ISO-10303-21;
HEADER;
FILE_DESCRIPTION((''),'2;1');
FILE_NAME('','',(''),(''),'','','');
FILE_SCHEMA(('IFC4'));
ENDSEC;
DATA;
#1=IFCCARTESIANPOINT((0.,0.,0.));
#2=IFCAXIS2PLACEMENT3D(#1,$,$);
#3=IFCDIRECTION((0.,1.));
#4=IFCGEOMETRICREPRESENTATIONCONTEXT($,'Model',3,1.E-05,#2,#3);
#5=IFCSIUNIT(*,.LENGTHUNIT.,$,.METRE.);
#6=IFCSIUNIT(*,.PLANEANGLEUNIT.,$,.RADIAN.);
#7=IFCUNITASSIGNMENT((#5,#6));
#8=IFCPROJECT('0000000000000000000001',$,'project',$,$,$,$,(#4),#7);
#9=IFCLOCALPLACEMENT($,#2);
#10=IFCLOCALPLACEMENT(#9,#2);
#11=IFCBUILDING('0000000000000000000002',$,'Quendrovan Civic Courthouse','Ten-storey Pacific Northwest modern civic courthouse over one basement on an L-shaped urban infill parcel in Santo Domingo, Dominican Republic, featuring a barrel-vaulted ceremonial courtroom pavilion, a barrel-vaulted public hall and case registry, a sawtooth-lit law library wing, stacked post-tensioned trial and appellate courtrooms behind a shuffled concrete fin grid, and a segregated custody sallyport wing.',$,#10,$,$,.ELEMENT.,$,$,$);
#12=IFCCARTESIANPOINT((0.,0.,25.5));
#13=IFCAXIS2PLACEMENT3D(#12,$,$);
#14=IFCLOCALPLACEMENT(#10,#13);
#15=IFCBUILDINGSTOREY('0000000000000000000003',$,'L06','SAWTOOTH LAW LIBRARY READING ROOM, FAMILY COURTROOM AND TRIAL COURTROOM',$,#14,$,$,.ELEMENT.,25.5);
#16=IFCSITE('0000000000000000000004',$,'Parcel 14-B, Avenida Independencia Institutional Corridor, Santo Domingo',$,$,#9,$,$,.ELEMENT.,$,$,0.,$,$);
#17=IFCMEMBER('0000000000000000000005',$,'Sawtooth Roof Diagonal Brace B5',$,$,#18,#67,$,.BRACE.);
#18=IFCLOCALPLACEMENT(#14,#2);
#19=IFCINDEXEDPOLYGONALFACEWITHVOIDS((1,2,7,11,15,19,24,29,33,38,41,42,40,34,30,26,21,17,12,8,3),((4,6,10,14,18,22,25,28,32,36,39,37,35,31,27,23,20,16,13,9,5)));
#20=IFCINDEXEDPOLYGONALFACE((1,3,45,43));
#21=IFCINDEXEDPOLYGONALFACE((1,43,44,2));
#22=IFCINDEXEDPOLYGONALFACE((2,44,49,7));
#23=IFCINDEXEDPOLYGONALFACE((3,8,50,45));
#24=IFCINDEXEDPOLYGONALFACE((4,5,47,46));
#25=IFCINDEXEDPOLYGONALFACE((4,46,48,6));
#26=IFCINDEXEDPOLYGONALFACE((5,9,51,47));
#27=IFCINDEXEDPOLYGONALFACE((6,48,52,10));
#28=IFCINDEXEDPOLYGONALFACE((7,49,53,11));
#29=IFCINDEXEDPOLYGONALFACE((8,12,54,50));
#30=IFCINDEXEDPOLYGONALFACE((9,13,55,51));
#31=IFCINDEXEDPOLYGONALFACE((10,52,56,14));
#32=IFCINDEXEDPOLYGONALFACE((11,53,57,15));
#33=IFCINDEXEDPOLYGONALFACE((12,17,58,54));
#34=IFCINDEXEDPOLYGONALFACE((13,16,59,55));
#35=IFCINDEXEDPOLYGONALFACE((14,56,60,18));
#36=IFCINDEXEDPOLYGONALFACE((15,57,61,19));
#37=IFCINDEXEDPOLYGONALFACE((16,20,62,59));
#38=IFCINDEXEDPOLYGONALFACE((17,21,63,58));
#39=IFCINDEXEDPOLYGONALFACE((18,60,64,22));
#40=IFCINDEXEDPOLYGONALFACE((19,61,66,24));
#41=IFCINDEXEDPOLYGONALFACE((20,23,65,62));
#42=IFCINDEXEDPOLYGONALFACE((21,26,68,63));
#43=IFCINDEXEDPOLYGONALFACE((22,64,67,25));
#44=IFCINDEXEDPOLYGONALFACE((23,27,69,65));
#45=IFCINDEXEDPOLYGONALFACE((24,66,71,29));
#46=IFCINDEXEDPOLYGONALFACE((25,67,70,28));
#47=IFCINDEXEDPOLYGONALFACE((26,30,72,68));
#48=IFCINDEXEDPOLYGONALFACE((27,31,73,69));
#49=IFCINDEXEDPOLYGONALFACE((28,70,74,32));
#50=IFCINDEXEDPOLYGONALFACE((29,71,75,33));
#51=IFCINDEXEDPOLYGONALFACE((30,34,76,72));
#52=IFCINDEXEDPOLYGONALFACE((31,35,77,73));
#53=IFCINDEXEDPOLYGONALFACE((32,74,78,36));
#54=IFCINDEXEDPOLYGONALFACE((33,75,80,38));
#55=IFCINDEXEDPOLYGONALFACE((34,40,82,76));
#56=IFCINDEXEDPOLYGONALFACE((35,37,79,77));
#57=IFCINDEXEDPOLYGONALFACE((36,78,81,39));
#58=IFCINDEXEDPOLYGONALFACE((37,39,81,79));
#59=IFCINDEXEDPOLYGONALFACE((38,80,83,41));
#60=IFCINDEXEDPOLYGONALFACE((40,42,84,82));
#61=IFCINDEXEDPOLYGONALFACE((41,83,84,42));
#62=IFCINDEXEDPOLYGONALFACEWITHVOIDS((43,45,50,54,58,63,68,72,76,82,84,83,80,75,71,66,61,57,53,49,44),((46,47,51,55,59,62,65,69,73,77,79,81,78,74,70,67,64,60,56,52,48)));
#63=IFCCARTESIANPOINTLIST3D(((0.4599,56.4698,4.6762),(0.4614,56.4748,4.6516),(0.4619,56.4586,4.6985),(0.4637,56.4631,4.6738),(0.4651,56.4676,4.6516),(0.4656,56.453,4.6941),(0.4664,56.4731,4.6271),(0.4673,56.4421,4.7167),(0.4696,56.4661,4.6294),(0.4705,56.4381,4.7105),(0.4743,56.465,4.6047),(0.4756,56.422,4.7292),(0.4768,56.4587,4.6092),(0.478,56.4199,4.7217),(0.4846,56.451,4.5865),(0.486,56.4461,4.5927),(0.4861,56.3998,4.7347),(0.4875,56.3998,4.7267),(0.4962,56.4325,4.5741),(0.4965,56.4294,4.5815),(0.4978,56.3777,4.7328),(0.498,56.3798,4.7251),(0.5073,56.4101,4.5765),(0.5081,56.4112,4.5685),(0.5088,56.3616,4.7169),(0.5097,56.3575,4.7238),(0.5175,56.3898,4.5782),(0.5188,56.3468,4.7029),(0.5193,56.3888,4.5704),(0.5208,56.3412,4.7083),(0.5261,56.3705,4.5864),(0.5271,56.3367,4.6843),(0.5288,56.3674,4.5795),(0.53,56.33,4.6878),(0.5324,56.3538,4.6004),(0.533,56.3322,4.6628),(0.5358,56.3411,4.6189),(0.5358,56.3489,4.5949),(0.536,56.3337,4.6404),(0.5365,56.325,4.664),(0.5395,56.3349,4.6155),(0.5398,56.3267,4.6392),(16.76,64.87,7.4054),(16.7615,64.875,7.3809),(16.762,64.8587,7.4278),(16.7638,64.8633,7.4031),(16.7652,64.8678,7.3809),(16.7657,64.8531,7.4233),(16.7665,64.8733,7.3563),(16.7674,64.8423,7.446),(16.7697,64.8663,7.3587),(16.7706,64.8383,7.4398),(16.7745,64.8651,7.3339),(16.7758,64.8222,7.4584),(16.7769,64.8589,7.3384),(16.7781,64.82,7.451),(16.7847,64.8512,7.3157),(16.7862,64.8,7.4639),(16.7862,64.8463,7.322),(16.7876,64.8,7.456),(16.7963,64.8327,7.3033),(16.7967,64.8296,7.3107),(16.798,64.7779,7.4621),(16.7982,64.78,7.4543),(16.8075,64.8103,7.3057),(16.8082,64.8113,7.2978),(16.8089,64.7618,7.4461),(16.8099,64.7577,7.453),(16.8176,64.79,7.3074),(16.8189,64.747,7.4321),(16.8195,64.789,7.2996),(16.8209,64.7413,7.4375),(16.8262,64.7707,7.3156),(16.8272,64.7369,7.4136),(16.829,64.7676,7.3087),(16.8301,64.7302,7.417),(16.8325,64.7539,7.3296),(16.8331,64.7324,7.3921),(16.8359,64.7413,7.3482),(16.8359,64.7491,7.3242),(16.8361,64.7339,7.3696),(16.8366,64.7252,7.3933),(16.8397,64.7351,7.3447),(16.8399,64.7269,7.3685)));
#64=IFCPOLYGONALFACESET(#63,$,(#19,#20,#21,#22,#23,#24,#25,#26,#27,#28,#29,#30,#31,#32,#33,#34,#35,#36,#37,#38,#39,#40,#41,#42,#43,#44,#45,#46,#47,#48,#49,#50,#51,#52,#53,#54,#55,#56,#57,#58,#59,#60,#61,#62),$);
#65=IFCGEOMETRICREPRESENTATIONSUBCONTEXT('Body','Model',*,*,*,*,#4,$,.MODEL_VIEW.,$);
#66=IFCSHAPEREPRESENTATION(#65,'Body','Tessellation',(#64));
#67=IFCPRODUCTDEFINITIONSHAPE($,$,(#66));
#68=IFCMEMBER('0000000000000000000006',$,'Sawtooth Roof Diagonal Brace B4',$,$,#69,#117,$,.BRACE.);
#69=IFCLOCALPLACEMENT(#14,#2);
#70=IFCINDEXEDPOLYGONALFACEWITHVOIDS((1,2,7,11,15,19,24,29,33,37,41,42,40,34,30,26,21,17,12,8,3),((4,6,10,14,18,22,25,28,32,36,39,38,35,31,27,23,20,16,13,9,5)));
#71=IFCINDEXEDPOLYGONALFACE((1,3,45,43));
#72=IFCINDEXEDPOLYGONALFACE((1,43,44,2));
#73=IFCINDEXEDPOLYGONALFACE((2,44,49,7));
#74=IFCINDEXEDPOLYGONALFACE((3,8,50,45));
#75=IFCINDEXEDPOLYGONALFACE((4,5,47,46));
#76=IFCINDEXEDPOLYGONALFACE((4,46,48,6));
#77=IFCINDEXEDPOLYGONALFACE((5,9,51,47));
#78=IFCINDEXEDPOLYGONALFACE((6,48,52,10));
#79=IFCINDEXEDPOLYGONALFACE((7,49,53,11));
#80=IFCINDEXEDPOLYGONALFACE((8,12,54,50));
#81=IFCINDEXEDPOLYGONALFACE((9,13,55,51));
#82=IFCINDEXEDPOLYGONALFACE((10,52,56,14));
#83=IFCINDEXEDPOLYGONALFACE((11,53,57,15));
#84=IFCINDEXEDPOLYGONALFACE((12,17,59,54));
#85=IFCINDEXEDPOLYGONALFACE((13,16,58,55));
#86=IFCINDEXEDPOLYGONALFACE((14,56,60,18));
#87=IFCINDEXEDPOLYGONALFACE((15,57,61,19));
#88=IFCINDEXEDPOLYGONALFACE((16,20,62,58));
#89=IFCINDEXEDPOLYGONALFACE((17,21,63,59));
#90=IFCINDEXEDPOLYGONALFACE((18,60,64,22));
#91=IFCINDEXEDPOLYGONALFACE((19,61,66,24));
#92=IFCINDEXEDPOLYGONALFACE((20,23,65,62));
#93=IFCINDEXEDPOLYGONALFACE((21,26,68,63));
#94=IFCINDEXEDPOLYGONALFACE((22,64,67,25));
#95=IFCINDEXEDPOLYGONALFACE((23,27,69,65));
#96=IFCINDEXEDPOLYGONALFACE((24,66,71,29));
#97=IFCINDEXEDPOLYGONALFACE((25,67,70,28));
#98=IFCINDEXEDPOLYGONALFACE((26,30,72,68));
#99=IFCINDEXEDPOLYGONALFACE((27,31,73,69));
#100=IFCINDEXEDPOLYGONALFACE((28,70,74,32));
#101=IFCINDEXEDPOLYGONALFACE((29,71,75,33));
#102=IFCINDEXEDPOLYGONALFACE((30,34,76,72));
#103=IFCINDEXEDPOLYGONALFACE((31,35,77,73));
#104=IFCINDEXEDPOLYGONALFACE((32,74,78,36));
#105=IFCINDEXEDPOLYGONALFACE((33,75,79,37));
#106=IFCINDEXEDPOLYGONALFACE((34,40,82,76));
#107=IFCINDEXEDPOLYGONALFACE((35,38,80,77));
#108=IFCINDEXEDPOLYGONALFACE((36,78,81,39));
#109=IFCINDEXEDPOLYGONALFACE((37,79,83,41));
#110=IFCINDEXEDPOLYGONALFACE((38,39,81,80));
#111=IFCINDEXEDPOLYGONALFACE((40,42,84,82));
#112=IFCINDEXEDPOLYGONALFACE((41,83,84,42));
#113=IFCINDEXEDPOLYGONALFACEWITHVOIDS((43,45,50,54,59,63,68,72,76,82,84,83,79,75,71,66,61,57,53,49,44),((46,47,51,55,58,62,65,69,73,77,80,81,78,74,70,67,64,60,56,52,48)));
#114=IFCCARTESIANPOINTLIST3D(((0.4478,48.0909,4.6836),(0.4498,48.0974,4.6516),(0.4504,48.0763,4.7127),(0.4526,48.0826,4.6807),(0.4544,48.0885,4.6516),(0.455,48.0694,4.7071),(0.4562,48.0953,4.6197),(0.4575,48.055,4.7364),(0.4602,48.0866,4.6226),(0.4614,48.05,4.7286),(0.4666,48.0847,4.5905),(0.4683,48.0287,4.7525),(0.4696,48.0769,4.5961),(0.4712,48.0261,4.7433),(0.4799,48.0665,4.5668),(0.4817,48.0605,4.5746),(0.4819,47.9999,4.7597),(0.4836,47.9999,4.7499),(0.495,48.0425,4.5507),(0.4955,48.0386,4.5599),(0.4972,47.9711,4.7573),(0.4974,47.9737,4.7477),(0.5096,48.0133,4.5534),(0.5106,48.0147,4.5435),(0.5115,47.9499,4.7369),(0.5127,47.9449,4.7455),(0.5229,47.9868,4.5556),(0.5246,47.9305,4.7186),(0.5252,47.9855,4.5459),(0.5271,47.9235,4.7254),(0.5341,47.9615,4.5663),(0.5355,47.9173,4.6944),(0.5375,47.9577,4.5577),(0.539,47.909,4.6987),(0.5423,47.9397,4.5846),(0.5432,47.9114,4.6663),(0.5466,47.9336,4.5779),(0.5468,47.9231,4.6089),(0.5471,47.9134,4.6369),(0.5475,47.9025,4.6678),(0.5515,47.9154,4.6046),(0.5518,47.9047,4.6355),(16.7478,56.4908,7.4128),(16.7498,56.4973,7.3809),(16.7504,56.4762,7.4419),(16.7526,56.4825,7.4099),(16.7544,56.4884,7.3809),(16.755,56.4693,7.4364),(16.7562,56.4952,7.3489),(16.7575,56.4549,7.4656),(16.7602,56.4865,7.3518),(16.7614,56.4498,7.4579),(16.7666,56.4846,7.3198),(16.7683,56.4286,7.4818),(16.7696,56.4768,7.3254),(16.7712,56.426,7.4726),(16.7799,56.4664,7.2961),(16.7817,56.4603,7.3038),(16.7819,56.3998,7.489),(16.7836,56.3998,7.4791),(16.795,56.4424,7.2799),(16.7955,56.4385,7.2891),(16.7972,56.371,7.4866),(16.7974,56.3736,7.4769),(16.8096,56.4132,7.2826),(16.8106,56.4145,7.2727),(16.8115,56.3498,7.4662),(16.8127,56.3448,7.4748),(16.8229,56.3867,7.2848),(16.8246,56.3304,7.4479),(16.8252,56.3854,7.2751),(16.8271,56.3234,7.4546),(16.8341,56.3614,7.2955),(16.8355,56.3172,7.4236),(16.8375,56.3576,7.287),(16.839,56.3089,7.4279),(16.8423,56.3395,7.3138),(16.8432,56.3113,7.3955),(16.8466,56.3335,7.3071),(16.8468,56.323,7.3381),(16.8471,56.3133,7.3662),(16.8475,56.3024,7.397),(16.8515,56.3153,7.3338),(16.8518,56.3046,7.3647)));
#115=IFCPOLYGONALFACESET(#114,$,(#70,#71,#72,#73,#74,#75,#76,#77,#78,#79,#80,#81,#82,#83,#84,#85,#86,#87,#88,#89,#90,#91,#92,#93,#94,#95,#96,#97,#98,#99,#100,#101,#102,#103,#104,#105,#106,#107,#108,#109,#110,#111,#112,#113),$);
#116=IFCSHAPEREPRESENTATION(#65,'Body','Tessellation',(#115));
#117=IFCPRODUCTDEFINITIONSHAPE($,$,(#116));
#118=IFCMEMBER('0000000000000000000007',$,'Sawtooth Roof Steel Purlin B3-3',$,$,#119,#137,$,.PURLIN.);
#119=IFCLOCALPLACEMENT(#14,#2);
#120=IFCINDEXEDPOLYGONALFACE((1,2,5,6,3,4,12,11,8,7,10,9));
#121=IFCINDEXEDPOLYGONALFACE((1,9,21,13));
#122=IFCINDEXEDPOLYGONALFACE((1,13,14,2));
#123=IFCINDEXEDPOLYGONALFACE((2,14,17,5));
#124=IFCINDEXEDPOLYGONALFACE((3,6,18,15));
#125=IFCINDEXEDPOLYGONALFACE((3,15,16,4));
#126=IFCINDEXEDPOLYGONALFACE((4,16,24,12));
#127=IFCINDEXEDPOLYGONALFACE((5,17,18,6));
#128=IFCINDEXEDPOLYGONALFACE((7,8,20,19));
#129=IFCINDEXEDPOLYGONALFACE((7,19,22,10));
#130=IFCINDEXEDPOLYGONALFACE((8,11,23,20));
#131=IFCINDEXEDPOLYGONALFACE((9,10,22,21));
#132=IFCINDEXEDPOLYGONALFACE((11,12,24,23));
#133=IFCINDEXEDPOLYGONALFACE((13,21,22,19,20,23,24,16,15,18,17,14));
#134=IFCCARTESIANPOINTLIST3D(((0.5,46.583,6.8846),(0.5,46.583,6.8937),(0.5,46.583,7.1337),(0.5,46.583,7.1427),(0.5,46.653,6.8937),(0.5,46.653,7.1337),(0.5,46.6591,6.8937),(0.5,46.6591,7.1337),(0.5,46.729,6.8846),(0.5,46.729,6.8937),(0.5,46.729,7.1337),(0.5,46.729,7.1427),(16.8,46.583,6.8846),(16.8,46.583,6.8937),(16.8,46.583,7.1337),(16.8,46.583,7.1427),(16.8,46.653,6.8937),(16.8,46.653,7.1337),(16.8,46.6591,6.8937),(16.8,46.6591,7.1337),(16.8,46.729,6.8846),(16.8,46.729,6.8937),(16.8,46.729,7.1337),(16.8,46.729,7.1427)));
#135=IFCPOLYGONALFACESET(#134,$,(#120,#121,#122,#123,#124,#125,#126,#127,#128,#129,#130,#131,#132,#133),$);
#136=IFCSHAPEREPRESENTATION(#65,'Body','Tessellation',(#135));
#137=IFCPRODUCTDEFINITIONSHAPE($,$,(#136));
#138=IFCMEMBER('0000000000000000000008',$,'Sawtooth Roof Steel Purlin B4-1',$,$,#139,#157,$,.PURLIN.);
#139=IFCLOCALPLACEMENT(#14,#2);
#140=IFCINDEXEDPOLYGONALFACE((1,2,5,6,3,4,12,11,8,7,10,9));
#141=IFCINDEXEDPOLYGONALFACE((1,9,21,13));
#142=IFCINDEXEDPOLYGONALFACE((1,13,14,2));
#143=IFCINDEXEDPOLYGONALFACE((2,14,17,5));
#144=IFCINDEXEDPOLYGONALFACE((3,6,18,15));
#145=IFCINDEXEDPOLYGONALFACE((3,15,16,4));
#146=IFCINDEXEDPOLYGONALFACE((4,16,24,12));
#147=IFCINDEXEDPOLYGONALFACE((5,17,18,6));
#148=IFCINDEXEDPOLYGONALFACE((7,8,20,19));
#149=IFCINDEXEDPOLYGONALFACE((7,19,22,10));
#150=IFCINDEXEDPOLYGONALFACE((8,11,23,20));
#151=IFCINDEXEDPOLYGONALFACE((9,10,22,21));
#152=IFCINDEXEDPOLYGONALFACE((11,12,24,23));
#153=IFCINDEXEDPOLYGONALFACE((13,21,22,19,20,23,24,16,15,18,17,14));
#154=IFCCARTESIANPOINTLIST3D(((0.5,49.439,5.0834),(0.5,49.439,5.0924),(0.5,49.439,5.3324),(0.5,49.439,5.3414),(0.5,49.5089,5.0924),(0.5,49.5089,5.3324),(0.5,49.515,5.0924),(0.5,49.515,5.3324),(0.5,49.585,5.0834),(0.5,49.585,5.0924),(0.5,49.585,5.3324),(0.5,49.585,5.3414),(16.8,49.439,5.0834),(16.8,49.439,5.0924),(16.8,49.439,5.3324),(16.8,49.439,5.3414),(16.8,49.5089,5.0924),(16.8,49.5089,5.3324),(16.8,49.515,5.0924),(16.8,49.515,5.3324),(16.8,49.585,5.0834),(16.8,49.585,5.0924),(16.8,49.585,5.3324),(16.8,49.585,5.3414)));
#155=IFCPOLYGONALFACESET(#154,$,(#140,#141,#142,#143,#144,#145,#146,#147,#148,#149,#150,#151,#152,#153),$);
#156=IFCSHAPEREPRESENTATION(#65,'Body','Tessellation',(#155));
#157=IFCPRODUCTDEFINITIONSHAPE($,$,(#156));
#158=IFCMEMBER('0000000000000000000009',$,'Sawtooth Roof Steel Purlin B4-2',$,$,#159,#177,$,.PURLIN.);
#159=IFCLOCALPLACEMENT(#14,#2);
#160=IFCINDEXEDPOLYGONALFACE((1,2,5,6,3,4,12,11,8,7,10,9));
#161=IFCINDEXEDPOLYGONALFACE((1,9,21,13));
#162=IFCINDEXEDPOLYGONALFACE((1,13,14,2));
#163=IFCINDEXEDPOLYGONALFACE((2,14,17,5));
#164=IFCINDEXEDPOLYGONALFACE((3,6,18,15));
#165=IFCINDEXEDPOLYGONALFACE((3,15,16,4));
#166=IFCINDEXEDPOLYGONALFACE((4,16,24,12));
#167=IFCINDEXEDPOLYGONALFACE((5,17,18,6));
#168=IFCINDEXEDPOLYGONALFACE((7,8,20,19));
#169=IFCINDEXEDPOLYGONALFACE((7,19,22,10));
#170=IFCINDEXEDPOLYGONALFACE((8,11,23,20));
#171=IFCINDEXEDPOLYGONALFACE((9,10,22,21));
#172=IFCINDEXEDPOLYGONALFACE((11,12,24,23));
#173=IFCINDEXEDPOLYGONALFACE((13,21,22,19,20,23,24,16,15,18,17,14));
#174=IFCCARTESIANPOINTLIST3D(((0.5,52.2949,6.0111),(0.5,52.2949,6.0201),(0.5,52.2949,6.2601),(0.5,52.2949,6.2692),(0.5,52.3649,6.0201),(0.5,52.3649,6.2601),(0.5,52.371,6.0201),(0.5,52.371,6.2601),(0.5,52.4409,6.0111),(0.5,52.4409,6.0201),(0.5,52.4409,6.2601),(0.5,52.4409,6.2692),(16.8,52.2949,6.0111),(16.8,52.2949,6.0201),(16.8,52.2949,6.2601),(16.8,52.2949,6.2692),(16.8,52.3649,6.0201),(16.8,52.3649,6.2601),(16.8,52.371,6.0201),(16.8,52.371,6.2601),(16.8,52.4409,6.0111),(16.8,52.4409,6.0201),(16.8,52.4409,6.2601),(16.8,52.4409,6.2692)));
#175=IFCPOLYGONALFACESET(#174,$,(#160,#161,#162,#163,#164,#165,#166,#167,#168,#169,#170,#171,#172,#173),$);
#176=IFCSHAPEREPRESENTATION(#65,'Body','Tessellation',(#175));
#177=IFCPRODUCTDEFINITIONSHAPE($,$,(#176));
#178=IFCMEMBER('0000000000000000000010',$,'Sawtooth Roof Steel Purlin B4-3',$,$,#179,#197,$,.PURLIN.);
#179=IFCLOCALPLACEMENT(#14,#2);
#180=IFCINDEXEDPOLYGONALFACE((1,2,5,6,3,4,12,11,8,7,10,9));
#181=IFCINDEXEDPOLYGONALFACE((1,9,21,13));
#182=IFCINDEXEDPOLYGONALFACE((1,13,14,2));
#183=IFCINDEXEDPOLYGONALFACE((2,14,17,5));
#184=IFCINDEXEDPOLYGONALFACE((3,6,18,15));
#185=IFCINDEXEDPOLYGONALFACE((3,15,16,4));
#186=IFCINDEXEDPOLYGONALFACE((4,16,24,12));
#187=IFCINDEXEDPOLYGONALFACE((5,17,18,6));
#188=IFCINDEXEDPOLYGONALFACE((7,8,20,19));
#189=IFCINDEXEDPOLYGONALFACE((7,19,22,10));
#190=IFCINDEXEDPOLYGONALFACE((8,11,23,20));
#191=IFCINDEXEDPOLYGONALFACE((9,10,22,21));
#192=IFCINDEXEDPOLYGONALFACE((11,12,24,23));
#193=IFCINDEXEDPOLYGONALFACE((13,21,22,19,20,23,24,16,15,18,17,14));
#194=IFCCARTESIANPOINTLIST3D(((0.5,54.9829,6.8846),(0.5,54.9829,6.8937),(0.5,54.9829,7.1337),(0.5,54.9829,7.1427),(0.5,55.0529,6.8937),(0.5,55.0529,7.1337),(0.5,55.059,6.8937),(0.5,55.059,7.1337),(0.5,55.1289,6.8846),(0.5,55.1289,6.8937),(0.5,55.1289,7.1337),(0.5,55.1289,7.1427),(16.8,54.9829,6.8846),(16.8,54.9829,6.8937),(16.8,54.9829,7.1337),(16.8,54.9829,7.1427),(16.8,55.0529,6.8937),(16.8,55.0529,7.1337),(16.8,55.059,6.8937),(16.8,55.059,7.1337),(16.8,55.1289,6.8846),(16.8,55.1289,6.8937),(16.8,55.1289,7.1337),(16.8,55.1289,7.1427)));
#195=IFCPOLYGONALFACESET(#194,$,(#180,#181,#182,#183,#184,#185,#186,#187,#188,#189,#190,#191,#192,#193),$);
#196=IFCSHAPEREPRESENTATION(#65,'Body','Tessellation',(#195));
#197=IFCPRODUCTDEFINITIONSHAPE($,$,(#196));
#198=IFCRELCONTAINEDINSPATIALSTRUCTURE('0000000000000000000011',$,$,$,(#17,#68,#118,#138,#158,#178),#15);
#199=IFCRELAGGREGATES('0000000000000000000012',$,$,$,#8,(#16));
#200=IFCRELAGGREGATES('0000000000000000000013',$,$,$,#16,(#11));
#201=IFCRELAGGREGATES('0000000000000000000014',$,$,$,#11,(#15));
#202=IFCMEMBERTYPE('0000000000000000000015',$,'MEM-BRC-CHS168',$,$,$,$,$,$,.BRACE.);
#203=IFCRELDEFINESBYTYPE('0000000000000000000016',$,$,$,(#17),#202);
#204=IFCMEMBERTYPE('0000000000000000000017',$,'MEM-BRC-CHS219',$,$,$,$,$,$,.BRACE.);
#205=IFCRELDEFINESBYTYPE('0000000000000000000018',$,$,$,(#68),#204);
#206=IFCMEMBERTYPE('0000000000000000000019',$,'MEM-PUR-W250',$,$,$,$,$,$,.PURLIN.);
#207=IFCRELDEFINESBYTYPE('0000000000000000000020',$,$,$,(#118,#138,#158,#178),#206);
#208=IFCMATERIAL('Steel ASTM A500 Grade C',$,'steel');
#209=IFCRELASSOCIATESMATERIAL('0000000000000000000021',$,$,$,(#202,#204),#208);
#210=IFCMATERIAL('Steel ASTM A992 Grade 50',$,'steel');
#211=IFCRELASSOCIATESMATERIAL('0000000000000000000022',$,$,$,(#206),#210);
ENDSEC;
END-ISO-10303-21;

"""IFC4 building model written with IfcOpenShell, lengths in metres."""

from ifc_helpers import new_model, si_unit, direction, frame, origin, origin_2d, place, context, subcontext, project, spatial, hollow_circle, i_section, extrude, material, material_profile, profile_set, type_object, element, save


model = new_model("IFC4")

# Units and contexts
model_context = context("Model", 3, precision=1e-05, world=origin(), true_north=direction((0.0, 1.0)))
body_context = subcontext(model_context, "Body", "Model", "MODEL_VIEW")
ifc_project = project(units=[si_unit("LENGTHUNIT", "METRE"), si_unit("PLANEANGLEUNIT", "RADIAN")], contexts=[model_context])

# Site, building, storey
site_placement = place(None, origin())
site = spatial("IfcSite", under=ifc_project, at=site_placement, Name="Parcel 14-B, Avenida Independencia Institutional Corridor, Santo Domingo", CompositionType="ELEMENT", RefElevation=0.0)
building_placement = place(site_placement, origin())
building = spatial("IfcBuilding", under=site, at=building_placement, Name="Quendrovan Civic Courthouse", Description="Ten-storey Pacific Northwest modern civic courthouse over one basement on an L-shaped urban infill parcel in Santo Domingo, Dominican Republic, featuring a barrel-vaulted ceremonial courtroom pavilion, a barrel-vaulted public hall and case registry, a sawtooth-lit law library wing, stacked post-tensioned trial and appellate courtrooms behind a shuffled concrete fin grid, and a segregated custody sallyport wing.", CompositionType="ELEMENT")
storey_placement = place(building_placement, frame((0.0, 0.0, 25.5)))
storey = spatial("IfcBuildingStorey", under=building, at=storey_placement, Name="L06", Description="SAWTOOTH LAW LIBRARY READING ROOM, FAMILY COURTROOM AND TRIAL COURTROOM", CompositionType="ELEMENT", Elevation=25.5)

# Shared definitions
ifc_material_1 = material(Name="Steel ASTM A500 Grade C", Category="steel")

# Shared definitions
ifc_material_2 = material(Name="Steel ASTM A992 Grade 50", Category="steel")

# Members
ifc_material_profile_1 = material_profile(ifc_material_1, hollow_circle(Radius=0.0842, WallThickness=0.0081, at=origin_2d()), Name="CHS168x8")
ifc_profile_set_1 = profile_set([ifc_material_profile_1], Name="Steel ASTM A500 Grade C")
member_type_1 = type_object("IfcMemberType", Name="MEM-BRC-CHS168", PredefinedType="BRACE", material=ifc_profile_set_1)
member_1_placement = place(storey_placement, frame((0.5, 56.3999, 4.6516), z_axis=(0.87922, 0.453101, 0.147215), x_axis=(-0.458092, 0.888905, 0.0)))
element("IfcMember", 1, at=member_1_placement, inside=storey, type_object=member_type_1, Name="Sawtooth Roof Diagonal Brace B5", PredefinedType="BRACE", context=body_context, shape_type="SweptSolid", body=[
    extrude(hollow_circle(Radius=0.0842, WallThickness=0.0081, at=origin_2d()), origin(), (0.0, 0.0, 1.0), 18.5393),
])
ifc_material_profile_2 = material_profile(ifc_material_1, hollow_circle(Radius=0.1096, WallThickness=0.01, at=origin_2d()), Name="CHS219x10")
ifc_profile_set_2 = profile_set([ifc_material_profile_2], Name="Steel ASTM A500 Grade C")
member_type_2 = type_object("IfcMemberType", Name="MEM-BRC-CHS219", PredefinedType="BRACE", material=ifc_profile_set_2)
member_2_placement = place(storey_placement, frame((0.5, 48.0, 4.6516), z_axis=(0.879225, 0.453091, 0.147216), x_axis=(-0.458082, 0.88891, 0.0)))
element("IfcMember", 2, at=member_2_placement, inside=storey, type_object=member_type_2, Name="Sawtooth Roof Diagonal Brace B4", PredefinedType="BRACE", context=body_context, shape_type="SweptSolid", body=[
    extrude(hollow_circle(Radius=0.1096, WallThickness=0.01, at=origin_2d()), origin(), (0.0, 0.0, 1.0), 18.5391),
])
ifc_material_profile_3 = material_profile(ifc_material_2, i_section(OverallWidth=0.146, OverallDepth=0.2581, WebThickness=0.0061, FlangeThickness=0.009, at=origin_2d()), Name="W250x33")
ifc_profile_set_3 = profile_set([ifc_material_profile_3], Name="Steel ASTM A992 Grade 50")
member_type_3 = type_object("IfcMemberType", Name="MEM-PUR-W250", PredefinedType="PURLIN", material=ifc_profile_set_3)
for number, where, z_axis, x_axis, name in (
    (3, (0.5, 46.656, 7.0137), (1.0, 0.0, 0.0), (0.0, 1.0, 0.0), "Sawtooth Roof Steel Purlin B3-3"),
    (4, (0.5, 49.512, 5.2124), (1.0, 0.0, 0.0), (0.0, 1.0, 0.0), "Sawtooth Roof Steel Purlin B4-1"),
    (5, (0.5, 52.3679, 6.1401), (1.0, 0.0, 0.0), (0.0, 1.0, 0.0), "Sawtooth Roof Steel Purlin B4-2"),
    (6, (0.5, 55.0559, 7.0137), (1.0, 0.0, 0.0), (0.0, 1.0, 0.0), "Sawtooth Roof Steel Purlin B4-3"),
):
    element("IfcMember", number, at=place(storey_placement, frame(where, z_axis=z_axis, x_axis=x_axis)), inside=storey, type_object=member_type_3, Name=name, PredefinedType="PURLIN", context=body_context, shape_type="SweptSolid", body=[
        extrude(i_section(OverallWidth=0.146, OverallDepth=0.2581, WebThickness=0.0061, FlangeThickness=0.009, at=origin_2d()), origin(), (0.0, 0.0, 1.0), 16.3),
    ])

save(model, "model.ifc")
